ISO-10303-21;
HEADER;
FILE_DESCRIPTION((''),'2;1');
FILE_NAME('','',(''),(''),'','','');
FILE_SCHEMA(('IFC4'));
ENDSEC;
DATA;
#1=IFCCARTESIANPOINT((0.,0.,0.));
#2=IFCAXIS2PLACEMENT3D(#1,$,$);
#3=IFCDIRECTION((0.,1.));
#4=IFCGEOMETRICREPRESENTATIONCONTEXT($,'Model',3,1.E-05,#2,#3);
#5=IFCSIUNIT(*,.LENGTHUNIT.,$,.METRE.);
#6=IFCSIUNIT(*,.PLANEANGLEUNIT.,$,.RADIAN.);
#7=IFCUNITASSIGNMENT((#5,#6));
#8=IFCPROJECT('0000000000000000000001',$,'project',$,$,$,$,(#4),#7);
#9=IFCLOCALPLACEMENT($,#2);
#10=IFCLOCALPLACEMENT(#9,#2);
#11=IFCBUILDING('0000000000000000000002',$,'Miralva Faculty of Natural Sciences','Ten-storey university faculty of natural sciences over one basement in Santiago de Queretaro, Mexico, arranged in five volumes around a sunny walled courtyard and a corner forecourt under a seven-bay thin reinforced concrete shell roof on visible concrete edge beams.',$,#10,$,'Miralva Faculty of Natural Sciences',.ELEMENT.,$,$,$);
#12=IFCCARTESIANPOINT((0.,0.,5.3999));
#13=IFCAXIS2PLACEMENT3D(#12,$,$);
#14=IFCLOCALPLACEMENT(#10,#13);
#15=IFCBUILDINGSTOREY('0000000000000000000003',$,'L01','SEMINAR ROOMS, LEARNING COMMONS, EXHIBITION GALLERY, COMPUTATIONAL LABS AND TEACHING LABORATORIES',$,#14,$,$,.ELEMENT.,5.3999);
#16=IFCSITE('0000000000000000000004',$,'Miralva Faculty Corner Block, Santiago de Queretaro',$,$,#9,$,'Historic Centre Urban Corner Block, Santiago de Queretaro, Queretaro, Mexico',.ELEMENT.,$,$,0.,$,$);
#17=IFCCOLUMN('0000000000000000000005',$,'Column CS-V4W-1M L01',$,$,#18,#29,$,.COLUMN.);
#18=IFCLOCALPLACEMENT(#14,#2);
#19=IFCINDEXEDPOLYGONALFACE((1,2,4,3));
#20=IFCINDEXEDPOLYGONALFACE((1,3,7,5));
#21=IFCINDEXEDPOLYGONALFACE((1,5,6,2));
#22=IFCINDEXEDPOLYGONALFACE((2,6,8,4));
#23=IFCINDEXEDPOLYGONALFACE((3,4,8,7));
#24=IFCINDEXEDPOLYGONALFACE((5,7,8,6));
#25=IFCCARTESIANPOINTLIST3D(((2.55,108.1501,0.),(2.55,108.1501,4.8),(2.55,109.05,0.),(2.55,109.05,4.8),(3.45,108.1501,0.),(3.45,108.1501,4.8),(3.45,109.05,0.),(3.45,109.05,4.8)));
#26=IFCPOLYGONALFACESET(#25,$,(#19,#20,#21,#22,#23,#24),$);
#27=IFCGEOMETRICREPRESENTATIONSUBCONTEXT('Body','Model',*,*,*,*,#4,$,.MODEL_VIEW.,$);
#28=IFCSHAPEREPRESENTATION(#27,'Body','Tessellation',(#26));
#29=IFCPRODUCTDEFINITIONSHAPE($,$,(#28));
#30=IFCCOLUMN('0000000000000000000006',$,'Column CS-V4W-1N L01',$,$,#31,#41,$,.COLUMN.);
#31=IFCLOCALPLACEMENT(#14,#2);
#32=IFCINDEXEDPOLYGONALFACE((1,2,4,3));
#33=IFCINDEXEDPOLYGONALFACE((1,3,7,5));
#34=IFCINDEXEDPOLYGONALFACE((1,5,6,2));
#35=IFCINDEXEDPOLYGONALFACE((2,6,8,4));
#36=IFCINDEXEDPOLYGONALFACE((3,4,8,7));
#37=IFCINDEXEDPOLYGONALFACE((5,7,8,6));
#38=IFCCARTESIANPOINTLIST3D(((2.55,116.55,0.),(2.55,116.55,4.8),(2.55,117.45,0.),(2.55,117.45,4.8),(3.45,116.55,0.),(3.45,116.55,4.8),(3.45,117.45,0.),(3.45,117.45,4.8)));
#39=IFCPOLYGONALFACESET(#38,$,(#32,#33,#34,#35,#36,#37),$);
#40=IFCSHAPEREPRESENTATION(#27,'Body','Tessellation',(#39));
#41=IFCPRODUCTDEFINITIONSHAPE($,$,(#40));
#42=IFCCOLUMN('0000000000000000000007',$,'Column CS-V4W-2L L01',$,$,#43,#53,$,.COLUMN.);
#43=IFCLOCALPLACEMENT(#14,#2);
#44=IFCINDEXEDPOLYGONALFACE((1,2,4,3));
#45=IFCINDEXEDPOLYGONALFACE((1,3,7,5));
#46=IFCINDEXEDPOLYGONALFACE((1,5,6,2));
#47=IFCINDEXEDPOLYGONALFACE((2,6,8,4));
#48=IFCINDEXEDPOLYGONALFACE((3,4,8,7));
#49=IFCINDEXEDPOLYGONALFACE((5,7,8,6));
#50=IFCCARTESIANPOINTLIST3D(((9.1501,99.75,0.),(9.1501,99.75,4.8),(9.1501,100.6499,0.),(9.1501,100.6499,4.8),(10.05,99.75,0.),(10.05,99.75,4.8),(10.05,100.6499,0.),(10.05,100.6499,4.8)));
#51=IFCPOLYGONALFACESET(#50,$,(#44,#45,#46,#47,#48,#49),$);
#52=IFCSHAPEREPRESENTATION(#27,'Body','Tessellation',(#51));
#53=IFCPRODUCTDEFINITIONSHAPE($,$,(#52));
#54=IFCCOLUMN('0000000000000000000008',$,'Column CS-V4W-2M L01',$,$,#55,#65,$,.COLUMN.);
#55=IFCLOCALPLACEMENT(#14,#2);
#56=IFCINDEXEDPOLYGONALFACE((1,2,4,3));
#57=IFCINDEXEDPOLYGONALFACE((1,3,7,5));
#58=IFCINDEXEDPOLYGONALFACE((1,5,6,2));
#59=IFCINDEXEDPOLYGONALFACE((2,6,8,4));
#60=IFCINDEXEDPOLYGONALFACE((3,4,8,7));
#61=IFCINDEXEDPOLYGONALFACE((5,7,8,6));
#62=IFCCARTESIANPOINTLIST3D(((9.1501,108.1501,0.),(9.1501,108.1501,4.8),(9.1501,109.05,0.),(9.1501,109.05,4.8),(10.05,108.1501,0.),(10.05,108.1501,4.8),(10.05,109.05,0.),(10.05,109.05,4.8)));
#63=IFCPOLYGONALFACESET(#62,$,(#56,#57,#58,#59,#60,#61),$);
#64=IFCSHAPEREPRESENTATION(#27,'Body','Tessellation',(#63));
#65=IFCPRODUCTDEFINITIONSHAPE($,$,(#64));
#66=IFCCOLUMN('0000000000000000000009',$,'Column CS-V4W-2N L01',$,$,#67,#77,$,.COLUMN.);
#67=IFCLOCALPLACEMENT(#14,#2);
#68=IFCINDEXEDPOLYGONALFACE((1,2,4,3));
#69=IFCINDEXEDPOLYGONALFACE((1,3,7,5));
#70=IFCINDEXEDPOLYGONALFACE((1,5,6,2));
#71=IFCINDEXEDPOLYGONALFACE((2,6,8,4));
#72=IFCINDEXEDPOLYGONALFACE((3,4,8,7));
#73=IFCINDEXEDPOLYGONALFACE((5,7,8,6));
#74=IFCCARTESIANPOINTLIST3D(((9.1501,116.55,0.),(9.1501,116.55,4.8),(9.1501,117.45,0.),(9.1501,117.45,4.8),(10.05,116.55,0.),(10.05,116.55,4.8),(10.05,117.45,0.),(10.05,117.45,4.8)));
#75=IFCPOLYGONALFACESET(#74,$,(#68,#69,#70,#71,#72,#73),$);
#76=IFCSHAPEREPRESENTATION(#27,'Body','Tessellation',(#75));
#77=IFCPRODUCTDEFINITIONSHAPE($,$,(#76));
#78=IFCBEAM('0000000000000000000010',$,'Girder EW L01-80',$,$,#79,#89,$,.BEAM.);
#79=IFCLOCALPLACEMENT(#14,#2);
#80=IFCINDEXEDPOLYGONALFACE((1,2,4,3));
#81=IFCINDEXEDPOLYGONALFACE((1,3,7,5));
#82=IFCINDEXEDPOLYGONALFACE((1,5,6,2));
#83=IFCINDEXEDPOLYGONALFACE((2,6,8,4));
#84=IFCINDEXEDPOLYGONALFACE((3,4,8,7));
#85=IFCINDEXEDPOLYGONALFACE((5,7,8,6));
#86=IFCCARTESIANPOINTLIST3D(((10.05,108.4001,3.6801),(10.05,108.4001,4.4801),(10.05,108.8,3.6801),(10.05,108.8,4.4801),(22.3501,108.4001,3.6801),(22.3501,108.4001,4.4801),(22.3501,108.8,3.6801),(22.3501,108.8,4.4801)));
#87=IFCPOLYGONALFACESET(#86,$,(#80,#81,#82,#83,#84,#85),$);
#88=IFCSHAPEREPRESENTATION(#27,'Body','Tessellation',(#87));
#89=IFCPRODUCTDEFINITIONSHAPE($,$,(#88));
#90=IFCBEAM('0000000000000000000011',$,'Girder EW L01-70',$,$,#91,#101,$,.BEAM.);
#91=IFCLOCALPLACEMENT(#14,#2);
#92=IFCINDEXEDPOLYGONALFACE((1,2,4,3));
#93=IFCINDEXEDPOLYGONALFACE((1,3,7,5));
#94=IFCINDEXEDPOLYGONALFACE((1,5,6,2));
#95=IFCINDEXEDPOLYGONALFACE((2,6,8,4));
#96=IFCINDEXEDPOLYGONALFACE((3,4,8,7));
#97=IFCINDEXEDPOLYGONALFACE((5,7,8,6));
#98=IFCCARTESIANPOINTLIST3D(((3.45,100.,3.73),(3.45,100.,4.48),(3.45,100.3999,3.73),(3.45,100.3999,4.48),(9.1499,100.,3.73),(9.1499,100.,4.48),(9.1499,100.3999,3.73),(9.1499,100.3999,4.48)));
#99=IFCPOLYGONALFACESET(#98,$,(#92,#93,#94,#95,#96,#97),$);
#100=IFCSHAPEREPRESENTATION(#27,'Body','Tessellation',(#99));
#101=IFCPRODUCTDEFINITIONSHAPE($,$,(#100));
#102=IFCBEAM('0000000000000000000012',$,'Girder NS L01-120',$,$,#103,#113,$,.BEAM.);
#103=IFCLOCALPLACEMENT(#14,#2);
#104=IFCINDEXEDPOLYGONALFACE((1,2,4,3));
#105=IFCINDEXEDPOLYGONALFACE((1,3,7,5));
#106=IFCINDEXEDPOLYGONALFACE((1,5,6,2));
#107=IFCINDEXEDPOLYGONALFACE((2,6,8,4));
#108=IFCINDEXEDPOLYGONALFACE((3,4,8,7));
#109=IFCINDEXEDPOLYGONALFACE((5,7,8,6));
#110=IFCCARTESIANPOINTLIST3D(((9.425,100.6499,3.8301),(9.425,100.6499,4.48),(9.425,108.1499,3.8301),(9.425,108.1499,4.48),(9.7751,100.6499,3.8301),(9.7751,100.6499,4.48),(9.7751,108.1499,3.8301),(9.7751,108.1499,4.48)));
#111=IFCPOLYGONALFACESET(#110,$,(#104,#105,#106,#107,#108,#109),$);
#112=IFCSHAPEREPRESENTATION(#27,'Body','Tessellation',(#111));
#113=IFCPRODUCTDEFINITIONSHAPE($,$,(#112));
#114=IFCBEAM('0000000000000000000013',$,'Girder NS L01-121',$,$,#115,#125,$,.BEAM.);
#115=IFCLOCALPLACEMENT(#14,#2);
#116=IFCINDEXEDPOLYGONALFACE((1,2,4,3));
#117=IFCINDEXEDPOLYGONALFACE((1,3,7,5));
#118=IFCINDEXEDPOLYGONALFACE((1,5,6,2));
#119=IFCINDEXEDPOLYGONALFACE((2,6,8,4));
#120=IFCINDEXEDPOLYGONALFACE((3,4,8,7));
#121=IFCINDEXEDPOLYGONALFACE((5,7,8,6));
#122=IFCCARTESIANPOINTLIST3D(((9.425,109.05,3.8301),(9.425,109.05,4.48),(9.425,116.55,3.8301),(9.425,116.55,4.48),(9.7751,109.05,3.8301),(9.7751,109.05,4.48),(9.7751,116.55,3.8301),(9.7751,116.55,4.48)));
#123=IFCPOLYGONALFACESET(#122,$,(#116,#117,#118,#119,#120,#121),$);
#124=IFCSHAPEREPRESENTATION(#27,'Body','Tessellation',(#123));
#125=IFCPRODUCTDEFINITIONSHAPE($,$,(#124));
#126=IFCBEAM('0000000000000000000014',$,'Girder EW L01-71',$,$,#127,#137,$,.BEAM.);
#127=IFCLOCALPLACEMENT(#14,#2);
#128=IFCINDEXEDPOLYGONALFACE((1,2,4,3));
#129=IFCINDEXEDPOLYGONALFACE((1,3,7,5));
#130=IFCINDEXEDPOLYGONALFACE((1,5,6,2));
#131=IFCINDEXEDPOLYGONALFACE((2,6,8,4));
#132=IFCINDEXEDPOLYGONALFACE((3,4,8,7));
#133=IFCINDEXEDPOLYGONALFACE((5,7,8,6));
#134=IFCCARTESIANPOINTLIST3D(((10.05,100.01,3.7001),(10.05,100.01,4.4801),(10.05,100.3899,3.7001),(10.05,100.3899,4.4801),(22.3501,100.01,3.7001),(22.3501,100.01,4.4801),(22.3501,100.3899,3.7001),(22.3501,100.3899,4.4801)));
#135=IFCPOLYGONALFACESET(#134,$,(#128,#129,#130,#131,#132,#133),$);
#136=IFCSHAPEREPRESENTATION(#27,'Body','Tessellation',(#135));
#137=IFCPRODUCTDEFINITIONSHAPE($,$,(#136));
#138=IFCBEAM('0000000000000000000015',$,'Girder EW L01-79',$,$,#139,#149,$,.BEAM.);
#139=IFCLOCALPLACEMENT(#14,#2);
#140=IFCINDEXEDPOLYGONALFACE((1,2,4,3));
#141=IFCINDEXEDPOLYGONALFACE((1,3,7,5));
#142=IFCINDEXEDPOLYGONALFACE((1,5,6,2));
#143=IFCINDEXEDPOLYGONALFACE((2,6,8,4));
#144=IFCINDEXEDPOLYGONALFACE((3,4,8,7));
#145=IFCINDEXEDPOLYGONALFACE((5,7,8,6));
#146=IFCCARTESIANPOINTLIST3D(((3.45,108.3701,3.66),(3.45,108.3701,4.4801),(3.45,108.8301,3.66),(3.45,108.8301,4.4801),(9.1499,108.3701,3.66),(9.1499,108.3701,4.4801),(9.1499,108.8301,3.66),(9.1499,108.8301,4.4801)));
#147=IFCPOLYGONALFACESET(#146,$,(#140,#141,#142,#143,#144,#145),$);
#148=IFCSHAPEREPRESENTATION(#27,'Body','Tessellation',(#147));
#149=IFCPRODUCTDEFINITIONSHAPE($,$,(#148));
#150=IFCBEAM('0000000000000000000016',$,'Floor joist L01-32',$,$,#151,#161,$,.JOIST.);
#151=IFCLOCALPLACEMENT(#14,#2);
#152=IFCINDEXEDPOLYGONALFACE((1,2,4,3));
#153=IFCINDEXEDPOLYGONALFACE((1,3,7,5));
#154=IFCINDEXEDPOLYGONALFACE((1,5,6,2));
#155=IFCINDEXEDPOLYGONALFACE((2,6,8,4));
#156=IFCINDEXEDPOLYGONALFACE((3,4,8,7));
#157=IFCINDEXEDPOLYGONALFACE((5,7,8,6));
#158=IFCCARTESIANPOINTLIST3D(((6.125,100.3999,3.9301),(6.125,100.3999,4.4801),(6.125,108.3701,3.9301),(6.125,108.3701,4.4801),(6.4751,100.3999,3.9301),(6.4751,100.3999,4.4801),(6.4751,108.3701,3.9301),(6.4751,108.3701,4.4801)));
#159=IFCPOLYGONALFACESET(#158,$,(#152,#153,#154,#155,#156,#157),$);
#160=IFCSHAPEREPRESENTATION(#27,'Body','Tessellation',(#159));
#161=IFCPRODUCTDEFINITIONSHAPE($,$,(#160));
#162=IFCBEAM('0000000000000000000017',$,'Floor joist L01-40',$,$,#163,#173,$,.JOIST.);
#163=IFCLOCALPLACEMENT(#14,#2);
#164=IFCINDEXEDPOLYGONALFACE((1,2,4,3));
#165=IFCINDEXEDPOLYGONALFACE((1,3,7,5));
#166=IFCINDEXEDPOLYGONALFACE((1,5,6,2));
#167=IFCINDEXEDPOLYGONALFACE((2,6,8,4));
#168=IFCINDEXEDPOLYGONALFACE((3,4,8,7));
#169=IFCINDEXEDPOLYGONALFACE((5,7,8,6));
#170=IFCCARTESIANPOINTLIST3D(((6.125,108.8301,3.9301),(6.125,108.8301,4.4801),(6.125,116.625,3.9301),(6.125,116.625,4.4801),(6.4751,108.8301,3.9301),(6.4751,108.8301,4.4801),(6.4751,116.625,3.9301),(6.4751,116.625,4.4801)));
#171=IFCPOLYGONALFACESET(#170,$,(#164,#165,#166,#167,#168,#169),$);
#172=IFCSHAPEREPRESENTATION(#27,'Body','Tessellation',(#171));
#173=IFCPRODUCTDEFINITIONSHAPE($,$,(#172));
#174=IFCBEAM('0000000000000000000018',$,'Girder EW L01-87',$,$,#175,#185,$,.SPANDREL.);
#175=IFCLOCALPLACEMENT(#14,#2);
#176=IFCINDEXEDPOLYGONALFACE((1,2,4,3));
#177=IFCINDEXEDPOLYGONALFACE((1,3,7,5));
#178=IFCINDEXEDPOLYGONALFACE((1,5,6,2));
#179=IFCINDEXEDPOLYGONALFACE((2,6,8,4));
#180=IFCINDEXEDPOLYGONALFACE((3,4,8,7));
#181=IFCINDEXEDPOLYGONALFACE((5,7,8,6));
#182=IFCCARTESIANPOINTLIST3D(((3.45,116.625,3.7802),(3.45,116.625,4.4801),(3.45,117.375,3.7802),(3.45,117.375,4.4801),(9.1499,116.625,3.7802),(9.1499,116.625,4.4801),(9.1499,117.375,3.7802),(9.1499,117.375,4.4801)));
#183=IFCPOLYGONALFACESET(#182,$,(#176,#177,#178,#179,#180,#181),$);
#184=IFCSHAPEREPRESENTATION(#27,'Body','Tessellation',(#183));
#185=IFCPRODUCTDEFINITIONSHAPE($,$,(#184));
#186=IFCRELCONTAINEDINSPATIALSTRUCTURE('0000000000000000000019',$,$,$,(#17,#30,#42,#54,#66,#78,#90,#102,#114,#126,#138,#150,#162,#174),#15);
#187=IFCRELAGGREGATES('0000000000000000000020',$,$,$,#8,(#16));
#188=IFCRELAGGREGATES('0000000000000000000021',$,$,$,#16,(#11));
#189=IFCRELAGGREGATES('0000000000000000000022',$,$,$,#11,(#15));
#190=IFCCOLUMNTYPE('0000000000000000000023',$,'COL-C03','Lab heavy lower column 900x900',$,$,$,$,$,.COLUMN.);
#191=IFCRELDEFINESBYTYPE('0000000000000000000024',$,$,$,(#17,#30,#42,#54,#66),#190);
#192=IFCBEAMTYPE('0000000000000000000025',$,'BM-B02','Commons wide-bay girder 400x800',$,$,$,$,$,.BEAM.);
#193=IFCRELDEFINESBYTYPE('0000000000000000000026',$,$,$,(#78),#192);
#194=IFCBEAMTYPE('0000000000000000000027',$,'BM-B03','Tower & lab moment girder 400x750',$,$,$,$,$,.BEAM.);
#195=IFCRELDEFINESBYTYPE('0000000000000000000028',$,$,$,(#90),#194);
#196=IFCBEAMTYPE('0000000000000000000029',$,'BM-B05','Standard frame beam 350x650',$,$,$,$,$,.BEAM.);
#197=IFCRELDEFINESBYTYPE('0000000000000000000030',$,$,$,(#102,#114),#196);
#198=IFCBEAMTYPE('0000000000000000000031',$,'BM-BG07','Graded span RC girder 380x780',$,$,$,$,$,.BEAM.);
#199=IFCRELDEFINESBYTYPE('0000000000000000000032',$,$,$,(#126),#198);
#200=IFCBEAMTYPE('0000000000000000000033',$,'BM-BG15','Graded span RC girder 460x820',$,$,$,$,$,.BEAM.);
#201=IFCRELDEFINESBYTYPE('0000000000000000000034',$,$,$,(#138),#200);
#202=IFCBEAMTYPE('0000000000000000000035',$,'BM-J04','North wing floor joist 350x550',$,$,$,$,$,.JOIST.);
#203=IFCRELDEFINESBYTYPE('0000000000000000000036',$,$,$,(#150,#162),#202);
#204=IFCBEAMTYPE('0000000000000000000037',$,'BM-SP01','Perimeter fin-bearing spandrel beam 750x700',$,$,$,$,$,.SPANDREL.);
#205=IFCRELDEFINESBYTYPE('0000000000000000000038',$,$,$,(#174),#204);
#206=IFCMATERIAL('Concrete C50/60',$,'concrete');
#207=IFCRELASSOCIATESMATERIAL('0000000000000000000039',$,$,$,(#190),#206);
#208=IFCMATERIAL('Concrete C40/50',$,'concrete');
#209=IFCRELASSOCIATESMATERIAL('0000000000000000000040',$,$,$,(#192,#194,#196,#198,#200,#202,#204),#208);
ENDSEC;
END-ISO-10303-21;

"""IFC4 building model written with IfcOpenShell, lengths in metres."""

from ifc_helpers import new_model, si_unit, direction, frame, origin, origin_2d, place, context, subcontext, project, spatial, rectangle, extrude, material, material_profile, profile_set, type_object, element, save


model = new_model("IFC4")

# Units and contexts
model_context = context("Model", 3, precision=1e-05, world=origin(), true_north=direction((0.0, 1.0)))
body_context = subcontext(model_context, "Body", "Model", "MODEL_VIEW")
ifc_project = project(units=[si_unit("LENGTHUNIT", "METRE"), si_unit("PLANEANGLEUNIT", "RADIAN")], contexts=[model_context])

# Site, building, storey
site_placement = place(None, origin())
site = spatial("IfcSite", under=ifc_project, at=site_placement, Name="Miralva Faculty Corner Block, Santiago de Queretaro", LongName="Historic Centre Urban Corner Block, Santiago de Queretaro, Queretaro, Mexico", CompositionType="ELEMENT", RefElevation=0.0)
building_placement = place(site_placement, origin())
building = spatial("IfcBuilding", under=site, at=building_placement, Name="Miralva Faculty of Natural Sciences", Description="Ten-storey university faculty of natural sciences over one basement in Santiago de Queretaro, Mexico, arranged in five volumes around a sunny walled courtyard and a corner forecourt under a seven-bay thin reinforced concrete shell roof on visible concrete edge beams.", LongName="Miralva Faculty of Natural Sciences", CompositionType="ELEMENT")
storey_placement = place(building_placement, frame((0.0, 0.0, 5.3999)))
storey = spatial("IfcBuildingStorey", under=building, at=storey_placement, Name="L01", Description="SEMINAR ROOMS, LEARNING COMMONS, EXHIBITION GALLERY, COMPUTATIONAL LABS AND TEACHING LABORATORIES", CompositionType="ELEMENT", Elevation=5.3999)

# Columns
ifc_material_1 = material(Name="Concrete C50/60", Category="concrete")
ifc_material_profile_1 = material_profile(ifc_material_1, rectangle(XDim=0.8999, YDim=0.8999, at=origin_2d()), Name="RC 900x900")
ifc_profile_set_1 = profile_set([ifc_material_profile_1], Name="Concrete C50/60")
column_type = type_object("IfcColumnType", Name="COL-C03", Description="Lab heavy lower column 900x900", PredefinedType="COLUMN", material=ifc_profile_set_1)
for number, where, z_axis, x_axis, name in (
    (1, (3.0, 108.6001, 0.0), (0.0, 0.0, 1.0), (1.0, 0.0, 0.0), "Column CS-V4W-1M L01"),
    (2, (3.0, 117.0, 0.0), (0.0, 0.0, 1.0), (1.0, 0.0, 0.0), "Column CS-V4W-1N L01"),
    (3, (9.6001, 100.2, 0.0), (0.0, 0.0, 1.0), (1.0, 0.0, 0.0), "Column CS-V4W-2L L01"),
    (4, (9.6001, 108.6001, 0.0), (0.0, 0.0, 1.0), (1.0, 0.0, 0.0), "Column CS-V4W-2M L01"),
    (5, (9.6001, 117.0, 0.0), (0.0, 0.0, 1.0), (1.0, 0.0, 0.0), "Column CS-V4W-2N L01"),
):
    element("IfcColumn", number, at=place(storey_placement, frame(where, z_axis=z_axis, x_axis=x_axis)), inside=storey, type_object=column_type, Name=name, PredefinedType="COLUMN", context=body_context, shape_type="SweptSolid", body=[
        extrude(rectangle(XDim=0.8999, YDim=0.8999, at=origin_2d()), origin(), (0.0, 0.0, 1.0), 4.8),
    ])

# Beams
ifc_material_2 = material(Name="Concrete C40/50", Category="concrete")
ifc_material_profile_2 = material_profile(ifc_material_2, rectangle(XDim=0.3999, YDim=0.8, at=origin_2d()), Name="RC 400x800")
ifc_profile_set_2 = profile_set([ifc_material_profile_2], Name="Concrete C40/50")
beam_type_1 = type_object("IfcBeamType", Name="BM-B02", Description="Commons wide-bay girder 400x800", PredefinedType="BEAM", material=ifc_profile_set_2)
beam_1_placement = place(storey_placement, frame((10.05, 108.6001, 4.0801), z_axis=(1.0, 0.0, 0.0), x_axis=(0.0, 1.0, 0.0)))
element("IfcBeam", 6, at=beam_1_placement, inside=storey, type_object=beam_type_1, Name="Girder EW L01-80", PredefinedType="BEAM", context=body_context, shape_type="SweptSolid", body=[
    extrude(rectangle(XDim=0.3999, YDim=0.8, at=origin_2d()), origin(), (0.0, 0.0, 1.0), 12.3),
])
ifc_material_profile_3 = material_profile(ifc_material_2, rectangle(XDim=0.3999, YDim=0.75, at=origin_2d()), Name="RC 400x750")
ifc_profile_set_3 = profile_set([ifc_material_profile_3], Name="Concrete C40/50")
beam_type_2 = type_object("IfcBeamType", Name="BM-B03", Description="Tower & lab moment girder 400x750", PredefinedType="BEAM", material=ifc_profile_set_3)
beam_2_placement = place(storey_placement, frame((3.45, 100.2, 4.105), z_axis=(1.0, 0.0, 0.0), x_axis=(0.0, 1.0, 0.0)))
element("IfcBeam", 7, at=beam_2_placement, inside=storey, type_object=beam_type_2, Name="Girder EW L01-70", PredefinedType="BEAM", context=body_context, shape_type="SweptSolid", body=[
    extrude(rectangle(XDim=0.3999, YDim=0.75, at=origin_2d()), origin(), (0.0, 0.0, 1.0), 5.7),
])
ifc_material_profile_4 = material_profile(ifc_material_2, rectangle(XDim=0.3501, YDim=0.6499, at=origin_2d()), Name="RC 350x650")
ifc_profile_set_4 = profile_set([ifc_material_profile_4], Name="Concrete C40/50")
beam_type_3 = type_object("IfcBeamType", Name="BM-B05", Description="Standard frame beam 350x650", PredefinedType="BEAM", material=ifc_profile_set_4)
for number, where, z_axis, x_axis, name in (
    (8, (9.6001, 100.6499, 4.155), (0.0, 1.0, 0.0), (-1.0, 0.0, 0.0), "Girder NS L01-120"),
    (9, (9.6001, 109.05, 4.155), (0.0, 1.0, 0.0), (-1.0, 0.0, 0.0), "Girder NS L01-121"),
):
    element("IfcBeam", number, at=place(storey_placement, frame(where, z_axis=z_axis, x_axis=x_axis)), inside=storey, type_object=beam_type_3, Name=name, PredefinedType="BEAM", context=body_context, shape_type="SweptSolid", body=[
        extrude(rectangle(XDim=0.3501, YDim=0.6499, at=origin_2d()), origin(), (0.0, 0.0, 1.0), 7.5),
    ])
ifc_material_profile_5 = material_profile(ifc_material_2, rectangle(XDim=0.3799, YDim=0.78, at=origin_2d()), Name="RC 380x780")
ifc_profile_set_5 = profile_set([ifc_material_profile_5], Name="Concrete C40/50")
beam_type_4 = type_object("IfcBeamType", Name="BM-BG07", Description="Graded span RC girder 380x780", PredefinedType="BEAM", material=ifc_profile_set_5)
beam_3_placement = place(storey_placement, frame((10.05, 100.2, 4.0901), z_axis=(1.0, 0.0, 0.0), x_axis=(0.0, 1.0, 0.0)))
element("IfcBeam", 10, at=beam_3_placement, inside=storey, type_object=beam_type_4, Name="Girder EW L01-71", PredefinedType="BEAM", context=body_context, shape_type="SweptSolid", body=[
    extrude(rectangle(XDim=0.3799, YDim=0.78, at=origin_2d()), origin(), (0.0, 0.0, 1.0), 12.3),
])
ifc_material_profile_6 = material_profile(ifc_material_2, rectangle(XDim=0.46, YDim=0.8201, at=origin_2d()), Name="RC 460x820")
ifc_profile_set_6 = profile_set([ifc_material_profile_6], Name="Concrete C40/50")
beam_type_5 = type_object("IfcBeamType", Name="BM-BG15", Description="Graded span RC girder 460x820", PredefinedType="BEAM", material=ifc_profile_set_6)
beam_4_placement = place(storey_placement, frame((3.45, 108.6001, 4.0701), z_axis=(1.0, 0.0, 0.0), x_axis=(0.0, 1.0, 0.0)))
element("IfcBeam", 11, at=beam_4_placement, inside=storey, type_object=beam_type_5, Name="Girder EW L01-79", PredefinedType="BEAM", context=body_context, shape_type="SweptSolid", body=[
    extrude(rectangle(XDim=0.46, YDim=0.8201, at=origin_2d()), origin(), (0.0, 0.0, 1.0), 5.7),
])
ifc_material_profile_7 = material_profile(ifc_material_2, rectangle(XDim=0.3501, YDim=0.55, at=origin_2d()), Name="RC 350x550")
ifc_profile_set_7 = profile_set([ifc_material_profile_7], Name="Concrete C40/50")
beam_type_6 = type_object("IfcBeamType", Name="BM-J04", Description="North wing floor joist 350x550", PredefinedType="JOIST", material=ifc_profile_set_7)
beam_5_placement = place(storey_placement, frame((6.3, 100.3999, 4.2051), z_axis=(0.0, 1.0, 0.0), x_axis=(-1.0, 0.0, 0.0)))
element("IfcBeam", 12, at=beam_5_placement, inside=storey, type_object=beam_type_6, Name="Floor joist L01-32", PredefinedType="JOIST", context=body_context, shape_type="SweptSolid", body=[
    extrude(rectangle(XDim=0.3501, YDim=0.55, at=origin_2d()), origin(), (0.0, 0.0, 1.0), 7.9702),
])
beam_6_placement = place(storey_placement, frame((6.3, 108.8301, 4.2051), z_axis=(0.0, 1.0, 0.0), x_axis=(-1.0, 0.0, 0.0)))
element("IfcBeam", 13, at=beam_6_placement, inside=storey, type_object=beam_type_6, Name="Floor joist L01-40", PredefinedType="JOIST", context=body_context, shape_type="SweptSolid", body=[
    extrude(rectangle(XDim=0.3501, YDim=0.55, at=origin_2d()), origin(), (0.0, 0.0, 1.0), 7.7949),
])
ifc_material_profile_8 = material_profile(ifc_material_2, rectangle(XDim=0.75, YDim=0.7, at=origin_2d()), Name="RC 750x700")
ifc_profile_set_8 = profile_set([ifc_material_profile_8], Name="Concrete C40/50")
beam_type_7 = type_object("IfcBeamType", Name="BM-SP01", Description="Perimeter fin-bearing spandrel beam 750x700", PredefinedType="SPANDREL", material=ifc_profile_set_8)
beam_7_placement = place(storey_placement, frame((3.45, 117.0, 4.1301), z_axis=(1.0, 0.0, 0.0), x_axis=(0.0, 1.0, 0.0)))
element("IfcBeam", 14, at=beam_7_placement, inside=storey, type_object=beam_type_7, Name="Girder EW L01-87", PredefinedType="SPANDREL", context=body_context, shape_type="SweptSolid", body=[
    extrude(rectangle(XDim=0.75, YDim=0.7, at=origin_2d()), origin(), (0.0, 0.0, 1.0), 5.7),
])

save(model, "model.ifc")
